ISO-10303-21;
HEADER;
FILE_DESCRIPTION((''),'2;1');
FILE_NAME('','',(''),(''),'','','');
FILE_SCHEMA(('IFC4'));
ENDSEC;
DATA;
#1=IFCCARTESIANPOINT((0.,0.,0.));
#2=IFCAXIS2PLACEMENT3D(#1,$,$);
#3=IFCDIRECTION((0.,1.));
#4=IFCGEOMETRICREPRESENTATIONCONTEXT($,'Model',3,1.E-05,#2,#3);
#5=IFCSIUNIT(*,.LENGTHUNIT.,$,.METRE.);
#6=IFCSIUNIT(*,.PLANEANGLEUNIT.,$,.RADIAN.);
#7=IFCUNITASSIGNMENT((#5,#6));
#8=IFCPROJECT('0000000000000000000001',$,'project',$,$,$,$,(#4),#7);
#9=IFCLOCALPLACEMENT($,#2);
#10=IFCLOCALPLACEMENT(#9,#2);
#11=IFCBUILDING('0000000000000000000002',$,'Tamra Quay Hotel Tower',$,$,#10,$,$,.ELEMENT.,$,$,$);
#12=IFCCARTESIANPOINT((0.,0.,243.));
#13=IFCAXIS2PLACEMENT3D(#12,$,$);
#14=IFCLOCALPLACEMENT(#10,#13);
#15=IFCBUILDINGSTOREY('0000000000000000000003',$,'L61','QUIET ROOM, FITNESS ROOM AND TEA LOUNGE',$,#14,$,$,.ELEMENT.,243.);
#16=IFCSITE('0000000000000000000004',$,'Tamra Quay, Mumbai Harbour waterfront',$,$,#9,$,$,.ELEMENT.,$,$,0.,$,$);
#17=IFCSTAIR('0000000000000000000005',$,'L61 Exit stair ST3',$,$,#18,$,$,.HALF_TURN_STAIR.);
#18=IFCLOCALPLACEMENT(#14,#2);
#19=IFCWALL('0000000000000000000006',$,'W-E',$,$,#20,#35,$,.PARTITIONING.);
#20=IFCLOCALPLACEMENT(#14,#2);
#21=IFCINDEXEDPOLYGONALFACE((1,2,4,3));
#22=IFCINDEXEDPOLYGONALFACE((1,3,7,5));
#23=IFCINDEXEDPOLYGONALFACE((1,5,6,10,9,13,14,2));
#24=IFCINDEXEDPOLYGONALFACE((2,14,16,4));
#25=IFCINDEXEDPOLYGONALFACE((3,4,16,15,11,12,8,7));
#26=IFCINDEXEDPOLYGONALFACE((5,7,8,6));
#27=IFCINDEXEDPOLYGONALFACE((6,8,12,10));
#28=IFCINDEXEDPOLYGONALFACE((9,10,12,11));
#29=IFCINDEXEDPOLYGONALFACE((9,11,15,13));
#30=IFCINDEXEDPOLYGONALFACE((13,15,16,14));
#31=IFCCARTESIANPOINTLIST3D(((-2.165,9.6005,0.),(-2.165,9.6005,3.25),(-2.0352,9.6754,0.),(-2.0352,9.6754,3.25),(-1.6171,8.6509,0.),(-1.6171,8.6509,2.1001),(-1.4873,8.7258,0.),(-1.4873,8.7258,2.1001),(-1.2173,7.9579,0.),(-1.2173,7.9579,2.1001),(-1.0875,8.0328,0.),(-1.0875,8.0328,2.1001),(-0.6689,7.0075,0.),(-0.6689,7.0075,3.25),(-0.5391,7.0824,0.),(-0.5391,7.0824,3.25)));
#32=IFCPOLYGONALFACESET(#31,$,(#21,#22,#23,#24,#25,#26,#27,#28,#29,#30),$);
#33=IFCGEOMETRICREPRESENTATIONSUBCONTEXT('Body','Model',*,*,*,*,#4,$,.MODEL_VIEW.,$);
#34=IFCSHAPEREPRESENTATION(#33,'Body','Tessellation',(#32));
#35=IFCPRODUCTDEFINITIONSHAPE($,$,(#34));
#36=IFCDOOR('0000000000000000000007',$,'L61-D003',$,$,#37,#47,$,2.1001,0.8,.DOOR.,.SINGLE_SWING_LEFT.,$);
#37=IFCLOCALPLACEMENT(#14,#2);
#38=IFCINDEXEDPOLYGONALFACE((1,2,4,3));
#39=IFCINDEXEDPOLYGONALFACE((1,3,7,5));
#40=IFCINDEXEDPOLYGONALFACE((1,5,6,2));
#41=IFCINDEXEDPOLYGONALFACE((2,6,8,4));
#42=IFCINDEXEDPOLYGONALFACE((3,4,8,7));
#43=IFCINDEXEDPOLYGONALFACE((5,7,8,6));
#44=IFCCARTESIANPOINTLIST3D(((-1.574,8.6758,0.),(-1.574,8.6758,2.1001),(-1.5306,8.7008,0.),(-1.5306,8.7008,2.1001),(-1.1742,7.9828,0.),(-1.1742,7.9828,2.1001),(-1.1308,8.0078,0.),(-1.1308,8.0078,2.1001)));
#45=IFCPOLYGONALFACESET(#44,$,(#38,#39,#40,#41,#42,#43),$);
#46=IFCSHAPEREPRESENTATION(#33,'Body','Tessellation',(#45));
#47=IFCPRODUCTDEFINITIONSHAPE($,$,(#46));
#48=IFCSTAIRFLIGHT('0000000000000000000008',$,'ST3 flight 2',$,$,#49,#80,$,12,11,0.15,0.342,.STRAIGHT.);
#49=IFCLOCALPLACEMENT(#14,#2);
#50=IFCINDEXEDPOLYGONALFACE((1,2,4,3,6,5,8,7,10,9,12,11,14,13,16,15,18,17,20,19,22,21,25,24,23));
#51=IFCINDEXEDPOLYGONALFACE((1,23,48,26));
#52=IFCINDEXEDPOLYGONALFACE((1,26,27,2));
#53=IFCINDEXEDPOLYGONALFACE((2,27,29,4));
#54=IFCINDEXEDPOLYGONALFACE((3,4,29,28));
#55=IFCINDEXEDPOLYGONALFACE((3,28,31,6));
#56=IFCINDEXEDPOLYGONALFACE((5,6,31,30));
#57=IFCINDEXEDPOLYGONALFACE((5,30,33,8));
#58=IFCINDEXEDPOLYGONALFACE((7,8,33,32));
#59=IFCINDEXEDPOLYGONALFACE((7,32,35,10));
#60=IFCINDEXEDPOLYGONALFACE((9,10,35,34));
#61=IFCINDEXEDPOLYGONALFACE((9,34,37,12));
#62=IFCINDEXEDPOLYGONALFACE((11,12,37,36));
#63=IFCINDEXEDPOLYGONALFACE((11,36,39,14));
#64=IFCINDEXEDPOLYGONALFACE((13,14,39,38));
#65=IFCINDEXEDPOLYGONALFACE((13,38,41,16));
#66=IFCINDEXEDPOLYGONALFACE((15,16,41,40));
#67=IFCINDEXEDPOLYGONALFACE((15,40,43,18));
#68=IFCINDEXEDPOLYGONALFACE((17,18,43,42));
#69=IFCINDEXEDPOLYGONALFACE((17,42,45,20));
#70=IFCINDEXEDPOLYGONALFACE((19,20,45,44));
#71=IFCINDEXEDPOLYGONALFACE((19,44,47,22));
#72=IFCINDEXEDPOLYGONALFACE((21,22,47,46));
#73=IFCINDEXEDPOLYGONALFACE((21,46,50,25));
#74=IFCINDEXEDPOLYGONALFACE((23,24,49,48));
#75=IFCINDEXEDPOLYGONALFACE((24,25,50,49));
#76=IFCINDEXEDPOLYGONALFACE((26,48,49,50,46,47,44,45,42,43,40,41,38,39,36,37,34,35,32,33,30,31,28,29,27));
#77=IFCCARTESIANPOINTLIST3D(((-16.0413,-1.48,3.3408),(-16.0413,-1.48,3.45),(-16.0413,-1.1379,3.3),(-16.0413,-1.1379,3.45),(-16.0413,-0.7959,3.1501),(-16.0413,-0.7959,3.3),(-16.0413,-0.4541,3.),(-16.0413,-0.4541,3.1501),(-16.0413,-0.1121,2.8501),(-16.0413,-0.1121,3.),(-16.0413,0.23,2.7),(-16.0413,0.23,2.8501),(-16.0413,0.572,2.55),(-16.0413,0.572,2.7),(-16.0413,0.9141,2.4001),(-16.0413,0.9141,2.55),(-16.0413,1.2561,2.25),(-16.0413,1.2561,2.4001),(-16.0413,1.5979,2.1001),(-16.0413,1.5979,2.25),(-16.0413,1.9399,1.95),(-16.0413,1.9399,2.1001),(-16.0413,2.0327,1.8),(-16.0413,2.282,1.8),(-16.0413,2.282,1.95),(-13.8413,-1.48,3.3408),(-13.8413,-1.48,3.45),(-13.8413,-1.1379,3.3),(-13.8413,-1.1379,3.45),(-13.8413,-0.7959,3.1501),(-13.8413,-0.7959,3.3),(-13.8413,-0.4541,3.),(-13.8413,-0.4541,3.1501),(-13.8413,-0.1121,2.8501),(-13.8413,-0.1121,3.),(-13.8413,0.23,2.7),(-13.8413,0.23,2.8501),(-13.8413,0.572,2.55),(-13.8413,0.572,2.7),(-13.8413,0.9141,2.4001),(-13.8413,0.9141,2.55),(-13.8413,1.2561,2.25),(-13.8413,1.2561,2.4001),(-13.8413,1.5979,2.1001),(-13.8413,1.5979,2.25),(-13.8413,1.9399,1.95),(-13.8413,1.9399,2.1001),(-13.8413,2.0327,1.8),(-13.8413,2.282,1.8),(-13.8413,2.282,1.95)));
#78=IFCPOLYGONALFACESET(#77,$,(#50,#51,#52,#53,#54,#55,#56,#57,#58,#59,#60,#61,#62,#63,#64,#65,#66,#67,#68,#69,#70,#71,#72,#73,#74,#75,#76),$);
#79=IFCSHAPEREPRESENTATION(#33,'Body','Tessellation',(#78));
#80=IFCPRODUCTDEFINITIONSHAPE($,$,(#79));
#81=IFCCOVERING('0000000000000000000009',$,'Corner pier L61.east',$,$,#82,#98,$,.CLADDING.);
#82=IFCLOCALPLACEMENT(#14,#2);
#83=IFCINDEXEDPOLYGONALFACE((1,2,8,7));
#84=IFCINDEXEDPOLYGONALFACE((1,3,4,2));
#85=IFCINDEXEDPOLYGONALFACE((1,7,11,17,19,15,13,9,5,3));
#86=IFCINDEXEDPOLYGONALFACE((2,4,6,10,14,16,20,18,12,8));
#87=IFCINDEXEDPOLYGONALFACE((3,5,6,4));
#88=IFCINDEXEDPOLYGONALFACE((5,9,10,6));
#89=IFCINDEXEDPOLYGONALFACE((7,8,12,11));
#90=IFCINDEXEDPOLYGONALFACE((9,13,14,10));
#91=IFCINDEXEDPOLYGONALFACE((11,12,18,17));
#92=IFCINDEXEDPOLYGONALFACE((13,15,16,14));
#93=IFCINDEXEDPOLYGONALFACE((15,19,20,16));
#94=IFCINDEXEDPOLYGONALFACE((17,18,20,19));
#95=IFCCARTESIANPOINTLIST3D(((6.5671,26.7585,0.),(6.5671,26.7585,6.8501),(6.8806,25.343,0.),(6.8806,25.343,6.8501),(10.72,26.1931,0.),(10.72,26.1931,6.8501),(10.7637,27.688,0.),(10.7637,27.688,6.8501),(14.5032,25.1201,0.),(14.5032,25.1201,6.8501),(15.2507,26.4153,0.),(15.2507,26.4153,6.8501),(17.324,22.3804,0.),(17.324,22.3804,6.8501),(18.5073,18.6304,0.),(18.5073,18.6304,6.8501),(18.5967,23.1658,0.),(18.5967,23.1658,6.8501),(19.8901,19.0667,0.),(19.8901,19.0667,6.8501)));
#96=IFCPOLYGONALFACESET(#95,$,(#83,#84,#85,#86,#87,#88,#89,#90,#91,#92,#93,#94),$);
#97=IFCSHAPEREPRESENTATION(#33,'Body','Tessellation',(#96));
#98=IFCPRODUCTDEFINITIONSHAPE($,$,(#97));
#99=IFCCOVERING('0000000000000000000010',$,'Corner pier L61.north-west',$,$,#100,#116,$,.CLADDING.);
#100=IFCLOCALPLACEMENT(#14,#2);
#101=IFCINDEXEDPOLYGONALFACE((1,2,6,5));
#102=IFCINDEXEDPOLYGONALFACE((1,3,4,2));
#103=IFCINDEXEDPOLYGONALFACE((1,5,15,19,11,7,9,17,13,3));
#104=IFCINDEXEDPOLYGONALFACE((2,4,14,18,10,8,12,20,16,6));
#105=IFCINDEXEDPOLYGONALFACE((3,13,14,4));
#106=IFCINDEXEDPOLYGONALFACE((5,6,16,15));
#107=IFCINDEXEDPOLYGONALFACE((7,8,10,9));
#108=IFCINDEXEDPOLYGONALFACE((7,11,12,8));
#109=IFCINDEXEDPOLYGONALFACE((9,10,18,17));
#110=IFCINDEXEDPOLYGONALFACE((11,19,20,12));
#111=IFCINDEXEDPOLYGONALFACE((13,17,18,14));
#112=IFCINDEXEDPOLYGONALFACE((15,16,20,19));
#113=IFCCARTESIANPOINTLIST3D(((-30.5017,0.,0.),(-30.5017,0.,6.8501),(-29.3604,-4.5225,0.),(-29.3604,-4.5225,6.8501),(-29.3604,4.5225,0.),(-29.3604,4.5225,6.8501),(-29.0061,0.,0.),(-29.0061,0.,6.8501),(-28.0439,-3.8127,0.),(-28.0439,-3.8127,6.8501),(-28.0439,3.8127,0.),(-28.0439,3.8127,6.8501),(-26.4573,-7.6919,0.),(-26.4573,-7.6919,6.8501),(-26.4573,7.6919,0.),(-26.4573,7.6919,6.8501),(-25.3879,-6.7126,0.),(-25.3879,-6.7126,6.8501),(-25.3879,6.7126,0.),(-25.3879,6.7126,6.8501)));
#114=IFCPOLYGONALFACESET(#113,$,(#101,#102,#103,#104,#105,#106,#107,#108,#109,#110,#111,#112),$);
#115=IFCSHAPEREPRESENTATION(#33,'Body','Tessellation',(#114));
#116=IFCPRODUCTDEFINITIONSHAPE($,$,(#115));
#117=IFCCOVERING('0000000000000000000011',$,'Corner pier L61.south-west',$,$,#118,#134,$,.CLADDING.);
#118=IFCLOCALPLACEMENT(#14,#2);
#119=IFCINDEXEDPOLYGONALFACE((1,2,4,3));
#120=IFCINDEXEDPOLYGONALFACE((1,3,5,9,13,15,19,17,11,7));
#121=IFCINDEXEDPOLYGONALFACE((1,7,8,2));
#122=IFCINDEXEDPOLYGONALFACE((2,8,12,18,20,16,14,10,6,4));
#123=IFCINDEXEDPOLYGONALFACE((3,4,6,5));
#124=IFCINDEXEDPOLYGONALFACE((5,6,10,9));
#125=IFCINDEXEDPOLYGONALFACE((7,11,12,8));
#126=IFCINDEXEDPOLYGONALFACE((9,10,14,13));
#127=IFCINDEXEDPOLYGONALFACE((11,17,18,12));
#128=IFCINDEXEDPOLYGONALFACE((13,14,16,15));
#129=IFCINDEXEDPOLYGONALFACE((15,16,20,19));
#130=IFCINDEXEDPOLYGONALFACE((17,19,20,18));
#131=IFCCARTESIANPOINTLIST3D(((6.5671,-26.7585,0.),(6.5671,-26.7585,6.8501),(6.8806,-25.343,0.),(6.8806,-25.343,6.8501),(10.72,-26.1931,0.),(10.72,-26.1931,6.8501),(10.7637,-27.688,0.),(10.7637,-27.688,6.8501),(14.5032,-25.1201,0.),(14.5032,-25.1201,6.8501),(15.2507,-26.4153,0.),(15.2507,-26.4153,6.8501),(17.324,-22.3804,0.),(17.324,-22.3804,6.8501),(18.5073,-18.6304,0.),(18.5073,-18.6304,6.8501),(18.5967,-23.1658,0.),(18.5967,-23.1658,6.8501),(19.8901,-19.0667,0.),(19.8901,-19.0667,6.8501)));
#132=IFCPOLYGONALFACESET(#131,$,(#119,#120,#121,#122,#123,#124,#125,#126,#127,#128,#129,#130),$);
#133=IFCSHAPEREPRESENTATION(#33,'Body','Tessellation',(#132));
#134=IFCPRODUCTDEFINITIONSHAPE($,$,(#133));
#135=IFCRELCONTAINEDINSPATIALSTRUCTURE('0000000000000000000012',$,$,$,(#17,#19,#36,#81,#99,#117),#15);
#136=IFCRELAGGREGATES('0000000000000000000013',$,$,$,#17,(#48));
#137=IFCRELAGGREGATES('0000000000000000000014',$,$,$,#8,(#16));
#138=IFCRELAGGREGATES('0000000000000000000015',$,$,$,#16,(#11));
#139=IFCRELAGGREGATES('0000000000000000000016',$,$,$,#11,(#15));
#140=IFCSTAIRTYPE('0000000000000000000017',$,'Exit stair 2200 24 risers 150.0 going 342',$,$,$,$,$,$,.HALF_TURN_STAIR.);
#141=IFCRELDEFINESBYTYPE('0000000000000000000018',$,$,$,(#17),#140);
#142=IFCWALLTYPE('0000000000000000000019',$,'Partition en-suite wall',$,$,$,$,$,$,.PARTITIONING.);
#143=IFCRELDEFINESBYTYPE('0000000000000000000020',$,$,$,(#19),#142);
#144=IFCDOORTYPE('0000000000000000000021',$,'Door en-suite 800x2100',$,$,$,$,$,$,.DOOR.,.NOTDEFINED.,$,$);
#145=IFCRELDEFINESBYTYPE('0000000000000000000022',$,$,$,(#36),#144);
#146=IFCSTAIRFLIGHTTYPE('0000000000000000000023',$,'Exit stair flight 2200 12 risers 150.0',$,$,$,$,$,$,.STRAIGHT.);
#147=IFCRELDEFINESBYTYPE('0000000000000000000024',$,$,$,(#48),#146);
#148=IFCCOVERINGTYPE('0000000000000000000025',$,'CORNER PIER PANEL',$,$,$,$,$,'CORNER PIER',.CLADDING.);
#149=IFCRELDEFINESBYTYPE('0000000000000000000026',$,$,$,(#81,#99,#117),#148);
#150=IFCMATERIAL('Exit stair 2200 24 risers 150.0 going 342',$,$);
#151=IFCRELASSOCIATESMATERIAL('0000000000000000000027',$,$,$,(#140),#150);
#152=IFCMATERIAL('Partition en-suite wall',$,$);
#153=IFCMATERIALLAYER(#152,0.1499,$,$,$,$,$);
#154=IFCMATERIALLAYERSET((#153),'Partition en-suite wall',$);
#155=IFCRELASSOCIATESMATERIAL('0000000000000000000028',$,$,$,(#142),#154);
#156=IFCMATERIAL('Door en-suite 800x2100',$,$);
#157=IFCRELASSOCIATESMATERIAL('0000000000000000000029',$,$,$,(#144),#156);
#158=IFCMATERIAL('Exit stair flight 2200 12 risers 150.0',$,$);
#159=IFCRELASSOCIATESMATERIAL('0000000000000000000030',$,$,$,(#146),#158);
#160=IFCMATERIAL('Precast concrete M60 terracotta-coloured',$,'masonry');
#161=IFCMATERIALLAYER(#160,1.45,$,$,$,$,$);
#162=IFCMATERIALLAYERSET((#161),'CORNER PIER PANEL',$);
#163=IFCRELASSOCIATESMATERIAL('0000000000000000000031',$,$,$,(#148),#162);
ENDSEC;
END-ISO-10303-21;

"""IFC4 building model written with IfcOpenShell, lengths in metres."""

from ifc_helpers import new_model, si_unit, direction, frame, frame_2d, origin, place, context, subcontext, project, spatial, polyline, rectangle, outline, extrude, material, layer, layer_set, type_object, element, fill, aggregate, save


model = new_model("IFC4")

# Units and contexts
model_context = context("Model", 3, precision=1e-05, world=origin(), true_north=direction((0.0, 1.0)))
body_context = subcontext(model_context, "Body", "Model", "MODEL_VIEW")
ifc_project = project(units=[si_unit("LENGTHUNIT", "METRE"), si_unit("PLANEANGLEUNIT", "RADIAN")], contexts=[model_context])

# Site, building, storey
site_placement = place(None, origin())
site = spatial("IfcSite", under=ifc_project, at=site_placement, Name="Tamra Quay, Mumbai Harbour waterfront", CompositionType="ELEMENT", RefElevation=0.0)
building_placement = place(site_placement, origin())
building = spatial("IfcBuilding", under=site, at=building_placement, Name="Tamra Quay Hotel Tower", CompositionType="ELEMENT")
storey_placement = place(building_placement, frame((0.0, 0.0, 243.0)))
storey = spatial("IfcBuildingStorey", under=building, at=storey_placement, Name="L61", Description="QUIET ROOM, FITNESS ROOM AND TEA LOUNGE", CompositionType="ELEMENT", Elevation=243.0)

# Stair
ifc_material_1 = material(Name="Exit stair 2200 24 risers 150.0 going 342")
stair_type = type_object("IfcStairType", Name="Exit stair 2200 24 risers 150.0 going 342", PredefinedType="HALF_TURN_STAIR", material=ifc_material_1)
stair_1_placement = place(storey_placement, origin())
stair_1 = element("IfcStair", 1, at=stair_1_placement, inside=storey, type_object=stair_type, Name="L61 Exit stair ST3", PredefinedType="HALF_TURN_STAIR")

# Shared definitions
ifc_material_2 = material(Name="Partition en-suite wall")
ifc_layer_1 = layer(ifc_material_2, 0.1499)
ifc_layer_set_1 = layer_set([ifc_layer_1], Name="Partition en-suite wall")
wall_type_1 = type_object("IfcWallType", Name="Partition en-suite wall", PredefinedType="PARTITIONING", material=ifc_layer_set_1)
ifc_material_3 = material(Name="Door en-suite 800x2100")
door_type_1 = type_object("IfcDoorType", Name="Door en-suite 800x2100", OperationType="NOTDEFINED", PredefinedType="DOOR", material=ifc_material_3)

# Wall, opening, door
wall_1_placement = place(storey_placement, frame((-2.1001, 9.6379, 0.0), z_axis=(0.0, 0.0, 1.0), x_axis=(0.499753, -0.866168, 0.0)))
wall_1 = element("IfcWall", 2, at=wall_1_placement, inside=storey, type_object=wall_type_1, Name="W-E", PredefinedType="PARTITIONING", context=body_context, shape_type="SweptSolid", body=[
    extrude(rectangle(XDim=2.9937, YDim=0.1499, at=frame_2d((1.4968, 0.0))), origin(), (0.0, 0.0, 1.0), 3.25),
])
opening_1_placement = place(wall_1_placement, frame((1.0964, 0.0, 0.0)))
opening_1 = element("IfcOpeningElement", 3, at=opening_1_placement, cuts=wall_1, PredefinedType="OPENING", context=body_context, shape_type="SweptSolid", body=[
    extrude(rectangle(XDim=0.8, YDim=2.1001, at=frame_2d((0.3999, 1.05))), frame((0.0, 0.085, 0.0), z_axis=(0.0, -1.0, 0.0), x_axis=(1.0, 0.0, 0.0)), (0.0, 0.0, 1.0), 0.1699),
])
door_1_placement = place(opening_1_placement, origin())
door_1 = element("IfcDoor", 4, at=door_1_placement, inside=storey, type_object=door_type_1, Name="L61-D003", OperationType="SINGLE_SWING_LEFT", OverallHeight=2.1001, OverallWidth=0.8, PredefinedType="DOOR", context=body_context, shape_type="SweptSolid", body=[
    extrude(rectangle(XDim=0.8, YDim=2.1001, at=frame_2d((0.3999, 1.05))), frame((0.0, 0.0249, 0.0), z_axis=(0.0, -1.0, 0.0), x_axis=(1.0, 0.0, 0.0)), (0.0, 0.0, 1.0), 0.05),
])
fill(opening_1, door_1)

# Stair flight
ifc_material_4 = material(Name="Exit stair flight 2200 12 risers 150.0")
stair_flight_type = type_object("IfcStairFlightType", Name="Exit stair flight 2200 12 risers 150.0", PredefinedType="STRAIGHT", material=ifc_material_4)
stair_flight_placement = place(storey_placement, frame((-14.9414, 2.282, 1.8), z_axis=(0.0, 0.0, 1.0), x_axis=(0.0, -1.0, 0.0)))
stair_flight = element("IfcStairFlight", 5, at=stair_flight_placement, type_object=stair_flight_type, Name="ST3 flight 2", NumberOfRisers=12, NumberOfTreads=11, PredefinedType="STRAIGHT", RiserHeight=0.15, TreadLength=0.342, context=body_context, shape_type="SweptSolid", body=[
    extrude(outline(polyline([(0.0, 0.0), (0.0, 0.1499), (0.342, 0.1499), (0.342, 0.3), (0.6841, 0.3), (0.6841, 0.45), (1.0259, 0.45), (1.0259, 0.6001), (1.3679, 0.6001), (1.3679, 0.75), (1.71, 0.75), (1.71, 0.8999), (2.052, 0.8999), (2.052, 1.05), (2.394, 1.05), (2.394, 1.2), (2.7361, 1.2), (2.7361, 1.3501), (3.0779, 1.3501), (3.0779, 1.5), (3.4199, 1.5), (3.4199, 1.6499), (3.762, 1.6499), (3.762, 1.8), (3.762, 1.5408), (0.2493, 0.0), (0.0, 0.0)])), frame((0.0, 1.1001, 0.0), z_axis=(0.0, -1.0, 0.0), x_axis=(1.0, 0.0, 0.0)), (0.0, 0.0, 1.0), 2.2),
])
aggregate(stair_1, [stair_flight])

# Coverings
ifc_material_5 = material(Name="Precast concrete M60 terracotta-coloured", Category="masonry")
ifc_layer_2 = layer(ifc_material_5, 1.45)
ifc_layer_set_2 = layer_set([ifc_layer_2], Name="CORNER PIER PANEL")
covering_type = type_object("IfcCoveringType", Name="CORNER PIER PANEL", ElementType="CORNER PIER", PredefinedType="CLADDING", material=ifc_layer_set_2)
covering_1_placement = place(storey_placement, origin())
element("IfcCovering", 6, at=covering_1_placement, inside=storey, type_object=covering_type, Name="Corner pier L61.east", PredefinedType="CLADDING", context=body_context, shape_type="SweptSolid", body=[
    extrude(outline(polyline([(18.5073, 18.6304), (19.8901, 19.0667), (18.5967, 23.1658), (15.2507, 26.4153), (10.7637, 27.688), (6.5671, 26.7585), (6.8806, 25.343), (10.72, 26.1931), (14.5032, 25.1201), (17.324, 22.3804), (18.5073, 18.6304)])), origin(), (0.0, 0.0, 1.0), 6.8501),
])
covering_2_placement = place(storey_placement, origin())
element("IfcCovering", 7, at=covering_2_placement, inside=storey, type_object=covering_type, Name="Corner pier L61.north-west", PredefinedType="CLADDING", context=body_context, shape_type="SweptSolid", body=[
    extrude(outline(polyline([(-25.3879, 6.7126), (-26.4573, 7.6919), (-29.3604, 4.5225), (-30.5017, 0.0), (-29.3604, -4.5225), (-26.4573, -7.6919), (-25.3879, -6.7126), (-28.0439, -3.8127), (-29.0061, 0.0), (-28.0439, 3.8127), (-25.3879, 6.7126)])), origin(), (0.0, 0.0, 1.0), 6.8501),
])
covering_3_placement = place(storey_placement, origin())
element("IfcCovering", 8, at=covering_3_placement, inside=storey, type_object=covering_type, Name="Corner pier L61.south-west", PredefinedType="CLADDING", context=body_context, shape_type="SweptSolid", body=[
    extrude(outline(polyline([(6.8806, -25.343), (6.5671, -26.7585), (10.7637, -27.688), (15.2507, -26.4153), (18.5967, -23.1658), (19.8901, -19.0667), (18.5073, -18.6304), (17.324, -22.3804), (14.5032, -25.1201), (10.72, -26.1931), (6.8806, -25.343)])), origin(), (0.0, 0.0, 1.0), 6.8501),
])

save(model, "model.ifc")
